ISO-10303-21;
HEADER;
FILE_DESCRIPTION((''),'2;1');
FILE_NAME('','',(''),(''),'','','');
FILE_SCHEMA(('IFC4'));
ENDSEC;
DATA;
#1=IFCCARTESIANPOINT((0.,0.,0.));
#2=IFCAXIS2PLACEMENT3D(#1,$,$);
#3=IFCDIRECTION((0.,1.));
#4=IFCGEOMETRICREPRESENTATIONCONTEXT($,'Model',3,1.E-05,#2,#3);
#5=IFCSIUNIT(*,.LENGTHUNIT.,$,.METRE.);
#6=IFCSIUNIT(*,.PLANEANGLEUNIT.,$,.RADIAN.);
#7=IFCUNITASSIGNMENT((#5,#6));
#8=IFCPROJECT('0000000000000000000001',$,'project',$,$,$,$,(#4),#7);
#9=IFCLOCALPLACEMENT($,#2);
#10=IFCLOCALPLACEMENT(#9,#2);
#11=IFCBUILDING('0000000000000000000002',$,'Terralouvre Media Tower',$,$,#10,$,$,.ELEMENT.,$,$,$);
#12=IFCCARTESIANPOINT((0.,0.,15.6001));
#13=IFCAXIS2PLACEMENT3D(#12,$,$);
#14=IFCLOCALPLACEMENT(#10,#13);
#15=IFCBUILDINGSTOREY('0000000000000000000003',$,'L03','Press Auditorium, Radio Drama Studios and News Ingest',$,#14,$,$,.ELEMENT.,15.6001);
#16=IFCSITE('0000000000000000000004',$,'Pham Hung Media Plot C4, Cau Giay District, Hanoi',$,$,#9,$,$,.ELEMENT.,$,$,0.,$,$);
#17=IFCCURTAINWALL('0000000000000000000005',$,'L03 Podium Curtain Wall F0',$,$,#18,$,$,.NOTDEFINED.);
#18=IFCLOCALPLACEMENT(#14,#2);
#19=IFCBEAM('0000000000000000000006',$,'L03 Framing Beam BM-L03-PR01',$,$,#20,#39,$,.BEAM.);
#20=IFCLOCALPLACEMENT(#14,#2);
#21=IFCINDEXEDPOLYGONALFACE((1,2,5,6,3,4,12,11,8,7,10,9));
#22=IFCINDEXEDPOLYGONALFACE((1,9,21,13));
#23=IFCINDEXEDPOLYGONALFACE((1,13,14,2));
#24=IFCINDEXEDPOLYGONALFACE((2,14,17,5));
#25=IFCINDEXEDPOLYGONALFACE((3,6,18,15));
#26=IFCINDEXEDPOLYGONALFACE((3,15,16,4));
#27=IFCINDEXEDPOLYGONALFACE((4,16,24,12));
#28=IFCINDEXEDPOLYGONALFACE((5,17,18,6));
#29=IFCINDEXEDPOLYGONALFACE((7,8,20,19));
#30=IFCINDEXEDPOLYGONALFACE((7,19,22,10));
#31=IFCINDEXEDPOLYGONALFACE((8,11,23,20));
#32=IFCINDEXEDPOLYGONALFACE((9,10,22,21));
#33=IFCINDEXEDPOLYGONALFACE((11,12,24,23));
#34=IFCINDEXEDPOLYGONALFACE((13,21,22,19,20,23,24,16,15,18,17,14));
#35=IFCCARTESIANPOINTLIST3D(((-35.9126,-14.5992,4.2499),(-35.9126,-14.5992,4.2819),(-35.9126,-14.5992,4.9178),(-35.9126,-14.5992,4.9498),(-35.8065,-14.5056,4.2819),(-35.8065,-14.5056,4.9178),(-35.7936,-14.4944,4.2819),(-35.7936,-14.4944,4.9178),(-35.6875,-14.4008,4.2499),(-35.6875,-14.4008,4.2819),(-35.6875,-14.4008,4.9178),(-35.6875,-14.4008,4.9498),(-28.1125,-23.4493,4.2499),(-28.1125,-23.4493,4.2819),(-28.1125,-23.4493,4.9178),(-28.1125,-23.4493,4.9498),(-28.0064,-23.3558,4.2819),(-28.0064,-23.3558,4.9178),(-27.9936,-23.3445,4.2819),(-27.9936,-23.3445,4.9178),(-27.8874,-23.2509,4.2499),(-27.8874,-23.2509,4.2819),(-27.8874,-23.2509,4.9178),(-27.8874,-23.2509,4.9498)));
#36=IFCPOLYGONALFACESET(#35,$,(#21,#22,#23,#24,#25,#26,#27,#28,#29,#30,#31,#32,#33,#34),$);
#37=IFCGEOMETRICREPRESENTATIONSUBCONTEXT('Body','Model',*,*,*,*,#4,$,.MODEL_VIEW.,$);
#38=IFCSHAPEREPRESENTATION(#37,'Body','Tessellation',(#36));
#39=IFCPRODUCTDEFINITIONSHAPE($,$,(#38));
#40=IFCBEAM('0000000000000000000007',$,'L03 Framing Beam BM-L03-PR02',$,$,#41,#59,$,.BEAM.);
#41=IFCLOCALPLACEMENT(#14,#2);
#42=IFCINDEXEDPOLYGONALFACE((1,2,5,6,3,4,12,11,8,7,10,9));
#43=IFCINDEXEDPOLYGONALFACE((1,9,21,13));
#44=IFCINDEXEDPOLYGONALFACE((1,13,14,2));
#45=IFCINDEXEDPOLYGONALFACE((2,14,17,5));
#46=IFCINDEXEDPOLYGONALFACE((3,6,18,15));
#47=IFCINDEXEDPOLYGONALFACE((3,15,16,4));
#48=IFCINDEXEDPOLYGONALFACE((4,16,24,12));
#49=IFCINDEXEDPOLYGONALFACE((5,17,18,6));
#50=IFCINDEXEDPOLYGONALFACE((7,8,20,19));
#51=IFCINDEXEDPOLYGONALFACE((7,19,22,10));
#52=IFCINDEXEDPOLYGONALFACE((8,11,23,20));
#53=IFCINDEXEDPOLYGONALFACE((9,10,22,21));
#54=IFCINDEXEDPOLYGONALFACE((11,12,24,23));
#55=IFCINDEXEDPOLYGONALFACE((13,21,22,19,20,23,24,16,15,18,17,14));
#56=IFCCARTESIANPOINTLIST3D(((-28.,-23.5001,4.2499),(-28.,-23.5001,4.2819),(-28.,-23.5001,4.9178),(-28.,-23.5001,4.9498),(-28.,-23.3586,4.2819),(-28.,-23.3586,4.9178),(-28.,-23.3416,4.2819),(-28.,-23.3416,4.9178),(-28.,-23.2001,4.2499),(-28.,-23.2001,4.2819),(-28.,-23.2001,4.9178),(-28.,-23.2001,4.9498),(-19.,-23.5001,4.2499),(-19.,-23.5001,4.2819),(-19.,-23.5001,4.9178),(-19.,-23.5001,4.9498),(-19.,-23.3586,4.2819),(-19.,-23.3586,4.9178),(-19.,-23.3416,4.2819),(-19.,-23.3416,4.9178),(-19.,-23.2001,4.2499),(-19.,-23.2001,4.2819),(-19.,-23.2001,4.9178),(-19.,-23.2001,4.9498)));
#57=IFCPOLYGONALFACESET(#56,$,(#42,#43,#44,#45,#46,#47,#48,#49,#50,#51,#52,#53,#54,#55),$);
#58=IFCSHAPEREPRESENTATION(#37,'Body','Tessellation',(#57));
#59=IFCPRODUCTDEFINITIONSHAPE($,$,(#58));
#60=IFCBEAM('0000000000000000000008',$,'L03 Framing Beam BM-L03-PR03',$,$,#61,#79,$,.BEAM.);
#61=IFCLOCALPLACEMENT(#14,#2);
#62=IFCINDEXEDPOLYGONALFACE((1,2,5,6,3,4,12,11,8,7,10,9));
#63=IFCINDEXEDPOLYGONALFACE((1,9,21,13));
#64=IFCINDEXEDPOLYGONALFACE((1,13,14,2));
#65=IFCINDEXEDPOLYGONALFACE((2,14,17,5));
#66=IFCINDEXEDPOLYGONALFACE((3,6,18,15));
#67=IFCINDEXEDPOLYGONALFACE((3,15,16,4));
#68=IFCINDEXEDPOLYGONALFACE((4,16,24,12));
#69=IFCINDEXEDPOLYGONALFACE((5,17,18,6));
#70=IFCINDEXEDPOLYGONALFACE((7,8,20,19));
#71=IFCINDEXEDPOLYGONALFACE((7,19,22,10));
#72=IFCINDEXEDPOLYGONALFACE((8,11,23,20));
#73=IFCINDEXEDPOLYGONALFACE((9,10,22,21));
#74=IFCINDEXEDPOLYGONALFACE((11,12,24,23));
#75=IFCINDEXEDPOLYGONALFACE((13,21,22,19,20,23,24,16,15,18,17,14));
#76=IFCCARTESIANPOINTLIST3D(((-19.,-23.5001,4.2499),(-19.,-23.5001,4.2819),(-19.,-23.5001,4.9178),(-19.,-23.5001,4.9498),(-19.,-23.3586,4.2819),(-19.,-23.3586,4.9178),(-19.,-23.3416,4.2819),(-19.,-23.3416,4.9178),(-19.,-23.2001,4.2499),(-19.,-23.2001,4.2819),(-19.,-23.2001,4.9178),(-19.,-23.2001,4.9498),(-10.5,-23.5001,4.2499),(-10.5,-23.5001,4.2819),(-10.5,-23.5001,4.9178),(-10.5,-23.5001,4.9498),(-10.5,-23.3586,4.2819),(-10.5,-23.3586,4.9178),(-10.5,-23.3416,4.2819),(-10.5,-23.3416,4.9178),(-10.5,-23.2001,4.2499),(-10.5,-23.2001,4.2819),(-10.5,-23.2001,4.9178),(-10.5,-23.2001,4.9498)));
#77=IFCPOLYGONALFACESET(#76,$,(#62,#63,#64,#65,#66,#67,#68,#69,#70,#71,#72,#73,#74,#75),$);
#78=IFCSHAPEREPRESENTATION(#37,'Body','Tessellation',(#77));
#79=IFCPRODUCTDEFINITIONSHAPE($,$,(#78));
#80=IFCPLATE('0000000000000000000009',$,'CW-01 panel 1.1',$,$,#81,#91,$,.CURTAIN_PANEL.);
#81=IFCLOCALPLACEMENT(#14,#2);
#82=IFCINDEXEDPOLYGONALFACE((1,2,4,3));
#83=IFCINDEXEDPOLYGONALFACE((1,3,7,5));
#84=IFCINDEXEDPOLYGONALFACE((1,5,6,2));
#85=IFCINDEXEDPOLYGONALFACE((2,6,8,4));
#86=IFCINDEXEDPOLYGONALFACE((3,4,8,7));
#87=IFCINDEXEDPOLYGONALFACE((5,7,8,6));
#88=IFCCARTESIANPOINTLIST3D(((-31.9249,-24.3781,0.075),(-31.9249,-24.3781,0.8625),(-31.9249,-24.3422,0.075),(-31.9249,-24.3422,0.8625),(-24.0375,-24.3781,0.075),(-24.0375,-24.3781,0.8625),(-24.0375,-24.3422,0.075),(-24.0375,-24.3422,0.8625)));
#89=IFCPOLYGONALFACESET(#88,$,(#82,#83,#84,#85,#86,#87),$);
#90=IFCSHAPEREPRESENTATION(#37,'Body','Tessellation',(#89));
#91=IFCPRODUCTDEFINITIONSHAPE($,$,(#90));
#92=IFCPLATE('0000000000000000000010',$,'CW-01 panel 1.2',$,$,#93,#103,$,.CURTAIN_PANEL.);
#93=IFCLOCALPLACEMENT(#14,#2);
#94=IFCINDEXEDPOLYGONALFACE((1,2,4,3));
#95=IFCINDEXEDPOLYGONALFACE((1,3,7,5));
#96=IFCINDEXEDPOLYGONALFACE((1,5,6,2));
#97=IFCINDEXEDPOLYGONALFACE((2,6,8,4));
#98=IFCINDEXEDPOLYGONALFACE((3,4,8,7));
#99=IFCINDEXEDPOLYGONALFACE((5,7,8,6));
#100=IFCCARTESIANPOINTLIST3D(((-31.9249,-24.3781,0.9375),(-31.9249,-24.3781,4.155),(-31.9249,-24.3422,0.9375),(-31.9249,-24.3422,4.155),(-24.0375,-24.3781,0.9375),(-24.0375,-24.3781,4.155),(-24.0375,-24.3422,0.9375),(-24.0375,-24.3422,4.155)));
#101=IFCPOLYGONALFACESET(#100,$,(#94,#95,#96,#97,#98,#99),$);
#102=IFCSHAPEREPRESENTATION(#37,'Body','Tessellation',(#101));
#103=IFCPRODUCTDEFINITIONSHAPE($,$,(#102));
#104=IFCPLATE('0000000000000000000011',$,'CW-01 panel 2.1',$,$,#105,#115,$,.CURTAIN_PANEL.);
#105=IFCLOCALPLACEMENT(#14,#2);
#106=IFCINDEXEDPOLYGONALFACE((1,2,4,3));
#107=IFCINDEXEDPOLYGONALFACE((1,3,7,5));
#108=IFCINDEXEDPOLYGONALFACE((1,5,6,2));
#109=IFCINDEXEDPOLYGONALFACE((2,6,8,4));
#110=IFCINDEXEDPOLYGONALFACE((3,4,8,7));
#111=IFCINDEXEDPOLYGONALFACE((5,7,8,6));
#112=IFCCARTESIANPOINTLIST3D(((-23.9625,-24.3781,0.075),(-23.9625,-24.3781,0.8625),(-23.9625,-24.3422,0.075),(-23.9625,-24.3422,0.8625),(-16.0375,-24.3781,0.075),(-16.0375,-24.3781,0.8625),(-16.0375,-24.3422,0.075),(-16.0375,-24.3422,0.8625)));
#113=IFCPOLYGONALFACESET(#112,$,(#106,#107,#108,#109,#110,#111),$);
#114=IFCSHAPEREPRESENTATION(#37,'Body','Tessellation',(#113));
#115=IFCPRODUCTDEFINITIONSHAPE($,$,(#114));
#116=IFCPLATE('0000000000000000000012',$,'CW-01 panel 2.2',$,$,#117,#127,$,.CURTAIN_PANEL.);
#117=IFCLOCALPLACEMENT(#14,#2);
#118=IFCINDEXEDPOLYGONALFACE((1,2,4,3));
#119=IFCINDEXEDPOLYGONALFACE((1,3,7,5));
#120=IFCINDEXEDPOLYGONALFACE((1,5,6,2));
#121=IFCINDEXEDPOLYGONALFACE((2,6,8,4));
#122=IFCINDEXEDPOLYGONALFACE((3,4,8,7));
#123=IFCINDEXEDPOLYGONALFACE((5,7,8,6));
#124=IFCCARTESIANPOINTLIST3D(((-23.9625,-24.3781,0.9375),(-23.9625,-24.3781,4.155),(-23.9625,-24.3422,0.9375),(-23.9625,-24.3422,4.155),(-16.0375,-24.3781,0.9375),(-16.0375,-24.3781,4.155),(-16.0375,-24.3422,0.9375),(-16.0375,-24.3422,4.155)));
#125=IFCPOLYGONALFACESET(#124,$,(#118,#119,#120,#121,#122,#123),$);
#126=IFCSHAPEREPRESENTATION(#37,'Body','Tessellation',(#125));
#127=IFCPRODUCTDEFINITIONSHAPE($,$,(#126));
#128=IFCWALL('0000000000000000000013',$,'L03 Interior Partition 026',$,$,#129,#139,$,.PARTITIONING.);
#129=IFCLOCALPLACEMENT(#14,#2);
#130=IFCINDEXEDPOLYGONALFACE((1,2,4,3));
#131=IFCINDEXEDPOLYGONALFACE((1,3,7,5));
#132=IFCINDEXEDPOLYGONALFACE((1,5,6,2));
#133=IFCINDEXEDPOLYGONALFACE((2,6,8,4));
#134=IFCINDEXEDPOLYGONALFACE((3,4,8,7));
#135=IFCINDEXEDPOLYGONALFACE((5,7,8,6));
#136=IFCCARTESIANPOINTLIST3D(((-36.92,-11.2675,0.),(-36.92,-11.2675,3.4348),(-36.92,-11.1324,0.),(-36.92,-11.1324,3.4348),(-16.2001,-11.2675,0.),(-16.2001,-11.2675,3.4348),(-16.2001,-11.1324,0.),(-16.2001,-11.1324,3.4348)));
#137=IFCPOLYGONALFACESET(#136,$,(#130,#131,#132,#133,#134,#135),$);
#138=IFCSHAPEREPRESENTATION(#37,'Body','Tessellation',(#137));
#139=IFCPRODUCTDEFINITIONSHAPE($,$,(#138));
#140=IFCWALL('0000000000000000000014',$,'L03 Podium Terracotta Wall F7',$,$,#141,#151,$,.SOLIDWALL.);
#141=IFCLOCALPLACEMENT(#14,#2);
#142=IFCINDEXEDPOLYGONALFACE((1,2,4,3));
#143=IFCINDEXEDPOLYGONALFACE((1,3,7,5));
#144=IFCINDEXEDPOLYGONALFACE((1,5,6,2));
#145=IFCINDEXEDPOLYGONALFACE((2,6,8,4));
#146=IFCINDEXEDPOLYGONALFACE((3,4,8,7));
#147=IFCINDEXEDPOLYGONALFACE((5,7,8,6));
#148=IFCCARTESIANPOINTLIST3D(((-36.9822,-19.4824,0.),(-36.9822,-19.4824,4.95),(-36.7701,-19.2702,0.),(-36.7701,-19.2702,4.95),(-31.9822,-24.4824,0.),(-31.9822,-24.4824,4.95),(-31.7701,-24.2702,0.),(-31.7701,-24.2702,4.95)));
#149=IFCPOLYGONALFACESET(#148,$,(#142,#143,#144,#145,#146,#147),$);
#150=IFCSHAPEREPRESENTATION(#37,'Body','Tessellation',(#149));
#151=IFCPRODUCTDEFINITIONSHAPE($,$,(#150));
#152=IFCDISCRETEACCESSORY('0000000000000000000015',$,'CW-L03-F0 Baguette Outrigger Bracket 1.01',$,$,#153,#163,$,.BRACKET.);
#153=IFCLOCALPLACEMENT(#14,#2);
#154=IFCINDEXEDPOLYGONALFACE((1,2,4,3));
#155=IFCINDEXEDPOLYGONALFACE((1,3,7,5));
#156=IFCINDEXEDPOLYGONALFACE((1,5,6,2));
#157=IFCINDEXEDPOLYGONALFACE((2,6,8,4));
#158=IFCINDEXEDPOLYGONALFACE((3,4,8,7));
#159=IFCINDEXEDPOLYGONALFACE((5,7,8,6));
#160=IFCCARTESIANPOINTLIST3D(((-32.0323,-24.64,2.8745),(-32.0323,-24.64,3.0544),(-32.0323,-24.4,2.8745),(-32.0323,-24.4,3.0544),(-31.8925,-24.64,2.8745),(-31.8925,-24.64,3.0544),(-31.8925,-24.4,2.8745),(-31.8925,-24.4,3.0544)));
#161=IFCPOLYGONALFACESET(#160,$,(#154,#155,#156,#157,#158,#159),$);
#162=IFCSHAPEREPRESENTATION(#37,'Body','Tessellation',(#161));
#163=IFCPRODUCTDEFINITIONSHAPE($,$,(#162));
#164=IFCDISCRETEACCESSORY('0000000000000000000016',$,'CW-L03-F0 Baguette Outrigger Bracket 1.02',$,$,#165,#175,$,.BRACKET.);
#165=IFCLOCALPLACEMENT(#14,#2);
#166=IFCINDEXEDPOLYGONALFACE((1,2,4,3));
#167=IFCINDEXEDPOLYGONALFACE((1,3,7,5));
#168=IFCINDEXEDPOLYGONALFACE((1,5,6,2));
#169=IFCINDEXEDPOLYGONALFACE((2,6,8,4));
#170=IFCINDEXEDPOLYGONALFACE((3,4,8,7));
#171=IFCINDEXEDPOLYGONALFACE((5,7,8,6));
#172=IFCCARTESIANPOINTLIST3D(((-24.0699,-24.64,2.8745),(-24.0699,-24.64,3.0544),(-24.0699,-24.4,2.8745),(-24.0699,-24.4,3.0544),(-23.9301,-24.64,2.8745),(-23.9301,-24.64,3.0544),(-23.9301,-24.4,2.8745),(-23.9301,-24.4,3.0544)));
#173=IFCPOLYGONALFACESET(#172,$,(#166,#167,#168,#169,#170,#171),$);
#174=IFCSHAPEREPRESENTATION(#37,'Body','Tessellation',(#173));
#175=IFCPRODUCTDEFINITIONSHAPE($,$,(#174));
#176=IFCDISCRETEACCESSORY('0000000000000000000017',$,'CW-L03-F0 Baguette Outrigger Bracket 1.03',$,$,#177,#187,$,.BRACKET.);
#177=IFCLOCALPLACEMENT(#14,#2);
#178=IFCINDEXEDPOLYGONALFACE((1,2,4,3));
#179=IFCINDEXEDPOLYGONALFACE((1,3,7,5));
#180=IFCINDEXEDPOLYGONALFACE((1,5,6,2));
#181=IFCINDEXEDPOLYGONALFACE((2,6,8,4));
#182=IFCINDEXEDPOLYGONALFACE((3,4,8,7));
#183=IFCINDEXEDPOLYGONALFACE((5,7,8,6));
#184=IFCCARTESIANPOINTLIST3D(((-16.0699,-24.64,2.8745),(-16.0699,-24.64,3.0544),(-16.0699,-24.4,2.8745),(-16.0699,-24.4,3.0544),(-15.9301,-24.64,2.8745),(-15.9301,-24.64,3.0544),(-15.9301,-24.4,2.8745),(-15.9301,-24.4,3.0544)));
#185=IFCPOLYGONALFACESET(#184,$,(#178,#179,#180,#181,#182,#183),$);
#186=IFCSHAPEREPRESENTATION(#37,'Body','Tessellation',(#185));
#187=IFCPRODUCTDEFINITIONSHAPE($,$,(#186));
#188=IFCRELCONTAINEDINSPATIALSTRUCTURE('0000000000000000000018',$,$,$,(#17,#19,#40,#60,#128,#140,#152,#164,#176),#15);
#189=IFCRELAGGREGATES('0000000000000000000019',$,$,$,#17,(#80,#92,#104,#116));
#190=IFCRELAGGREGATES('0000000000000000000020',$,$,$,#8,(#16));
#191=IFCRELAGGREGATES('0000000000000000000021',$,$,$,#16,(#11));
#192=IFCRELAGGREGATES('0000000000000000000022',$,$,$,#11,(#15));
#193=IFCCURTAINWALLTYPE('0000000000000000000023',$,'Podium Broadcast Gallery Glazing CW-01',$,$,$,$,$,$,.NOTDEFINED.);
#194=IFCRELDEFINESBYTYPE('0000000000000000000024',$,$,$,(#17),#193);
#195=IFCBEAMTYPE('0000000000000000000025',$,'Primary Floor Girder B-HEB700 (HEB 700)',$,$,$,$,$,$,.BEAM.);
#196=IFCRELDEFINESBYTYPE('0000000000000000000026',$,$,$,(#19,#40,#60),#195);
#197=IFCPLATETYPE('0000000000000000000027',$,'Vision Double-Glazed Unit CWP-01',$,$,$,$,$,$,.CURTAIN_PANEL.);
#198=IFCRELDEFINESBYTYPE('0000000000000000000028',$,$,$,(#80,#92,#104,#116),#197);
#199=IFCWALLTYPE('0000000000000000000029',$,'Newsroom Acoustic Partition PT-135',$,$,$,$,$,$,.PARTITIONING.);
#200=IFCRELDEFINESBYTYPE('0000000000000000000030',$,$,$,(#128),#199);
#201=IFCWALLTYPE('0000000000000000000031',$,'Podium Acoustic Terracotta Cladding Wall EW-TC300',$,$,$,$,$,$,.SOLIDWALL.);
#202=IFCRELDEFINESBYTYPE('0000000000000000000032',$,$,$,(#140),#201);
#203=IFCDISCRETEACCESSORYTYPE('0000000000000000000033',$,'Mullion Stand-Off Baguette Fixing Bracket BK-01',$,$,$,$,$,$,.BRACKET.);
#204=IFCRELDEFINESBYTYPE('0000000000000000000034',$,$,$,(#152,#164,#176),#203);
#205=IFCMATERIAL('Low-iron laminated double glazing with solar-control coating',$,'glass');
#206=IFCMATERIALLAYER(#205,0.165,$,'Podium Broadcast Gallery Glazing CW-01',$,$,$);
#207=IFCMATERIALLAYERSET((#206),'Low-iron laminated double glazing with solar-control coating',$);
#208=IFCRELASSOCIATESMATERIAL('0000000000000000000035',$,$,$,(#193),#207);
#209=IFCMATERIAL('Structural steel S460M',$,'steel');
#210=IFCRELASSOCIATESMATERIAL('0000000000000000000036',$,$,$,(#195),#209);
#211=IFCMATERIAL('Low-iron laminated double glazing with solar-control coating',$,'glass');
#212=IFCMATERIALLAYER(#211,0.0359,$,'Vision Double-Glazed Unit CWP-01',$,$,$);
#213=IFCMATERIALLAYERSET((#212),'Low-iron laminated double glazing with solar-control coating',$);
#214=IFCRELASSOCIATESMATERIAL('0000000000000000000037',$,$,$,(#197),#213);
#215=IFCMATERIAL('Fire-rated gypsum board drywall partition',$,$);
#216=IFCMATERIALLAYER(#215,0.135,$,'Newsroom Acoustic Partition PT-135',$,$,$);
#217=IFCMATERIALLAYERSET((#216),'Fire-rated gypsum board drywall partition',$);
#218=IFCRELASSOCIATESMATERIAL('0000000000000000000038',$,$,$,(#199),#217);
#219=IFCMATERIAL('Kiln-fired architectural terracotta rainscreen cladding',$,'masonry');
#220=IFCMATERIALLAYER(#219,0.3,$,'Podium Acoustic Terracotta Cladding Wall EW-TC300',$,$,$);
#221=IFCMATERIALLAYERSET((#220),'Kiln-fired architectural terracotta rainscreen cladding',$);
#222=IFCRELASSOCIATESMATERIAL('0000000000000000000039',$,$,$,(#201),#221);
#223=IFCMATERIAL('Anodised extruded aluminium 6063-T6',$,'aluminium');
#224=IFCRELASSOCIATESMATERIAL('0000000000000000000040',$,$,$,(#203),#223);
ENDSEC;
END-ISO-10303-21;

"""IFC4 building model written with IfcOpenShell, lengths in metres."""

from ifc_helpers import new_model, si_unit, direction, frame, frame_2d, origin, origin_2d, place, context, subcontext, project, spatial, rectangle, i_section, extrude, material, layer, layer_set, material_profile, profile_set, type_object, element, aggregate, save


model = new_model("IFC4")

# Units and contexts
model_context = context("Model", 3, precision=1e-05, world=origin(), true_north=direction((0.0, 1.0)))
body_context = subcontext(model_context, "Body", "Model", "MODEL_VIEW")
ifc_project = project(units=[si_unit("LENGTHUNIT", "METRE"), si_unit("PLANEANGLEUNIT", "RADIAN")], contexts=[model_context])

# Site, building, storey
site_placement = place(None, origin())
site = spatial("IfcSite", under=ifc_project, at=site_placement, Name="Pham Hung Media Plot C4, Cau Giay District, Hanoi", CompositionType="ELEMENT", RefElevation=0.0)
building_placement = place(site_placement, origin())
building = spatial("IfcBuilding", under=site, at=building_placement, Name="Terralouvre Media Tower", CompositionType="ELEMENT")
storey_placement = place(building_placement, frame((0.0, 0.0, 15.6001)))
storey = spatial("IfcBuildingStorey", under=building, at=storey_placement, Name="L03", Description="Press Auditorium, Radio Drama Studios and News Ingest", CompositionType="ELEMENT", Elevation=15.6001)

# Curtain wall
ifc_material_1 = material(Name="Low-iron laminated double glazing with solar-control coating", Category="glass")
ifc_layer_1 = layer(ifc_material_1, 0.165, Name="Podium Broadcast Gallery Glazing CW-01")
ifc_layer_set_1 = layer_set([ifc_layer_1], Name="Low-iron laminated double glazing with solar-control coating")
curtain_wall_type = type_object("IfcCurtainWallType", Name="Podium Broadcast Gallery Glazing CW-01", PredefinedType="NOTDEFINED", material=ifc_layer_set_1)
curtain_wall_placement = place(storey_placement, origin())
curtain_wall = element("IfcCurtainWall", 1, at=curtain_wall_placement, inside=storey, type_object=curtain_wall_type, Name="L03 Podium Curtain Wall F0", PredefinedType="NOTDEFINED")

# Beams
ifc_material_2 = material(Name="Structural steel S460M", Category="steel")
ifc_material_profile_1 = material_profile(ifc_material_2, i_section(OverallWidth=0.3, OverallDepth=0.7, WebThickness=0.0171, FlangeThickness=0.032, at=origin_2d()), Name="HEB 700")
ifc_profile_set_1 = profile_set([ifc_material_profile_1], Name="Structural steel S460M")
beam_type = type_object("IfcBeamType", Name="Primary Floor Girder B-HEB700 (HEB 700)", PredefinedType="BEAM", material=ifc_profile_set_1)
beam_1_placement = place(storey_placement, frame((-35.8, -14.5, 4.5999), z_axis=(0.661199, -0.75021, 0.0), x_axis=(0.75021, 0.661199, 0.0)))
element("IfcBeam", 2, at=beam_1_placement, inside=storey, type_object=beam_type, Name="L03 Framing Beam BM-L03-PR01", PredefinedType="BEAM", context=body_context, shape_type="SweptSolid", body=[
    extrude(i_section(OverallWidth=0.3, OverallDepth=0.7, WebThickness=0.0171, FlangeThickness=0.032, at=origin_2d()), origin(), (0.0, 0.0, 1.0), 11.7969),
])
beam_2_placement = place(storey_placement, frame((-28.0, -23.3501, 4.5999), z_axis=(1.0, 0.0, 0.0), x_axis=(0.0, 1.0, 0.0)))
element("IfcBeam", 3, at=beam_2_placement, inside=storey, type_object=beam_type, Name="L03 Framing Beam BM-L03-PR02", PredefinedType="BEAM", context=body_context, shape_type="SweptSolid", body=[
    extrude(i_section(OverallWidth=0.3, OverallDepth=0.7, WebThickness=0.0171, FlangeThickness=0.032, at=origin_2d()), origin(), (0.0, 0.0, 1.0), 9.0),
])
beam_3_placement = place(storey_placement, frame((-19.0, -23.3501, 4.5999), z_axis=(1.0, 0.0, 0.0), x_axis=(0.0, 1.0, 0.0)))
element("IfcBeam", 4, at=beam_3_placement, inside=storey, type_object=beam_type, Name="L03 Framing Beam BM-L03-PR03", PredefinedType="BEAM", context=body_context, shape_type="SweptSolid", body=[
    extrude(i_section(OverallWidth=0.3, OverallDepth=0.7, WebThickness=0.0171, FlangeThickness=0.032, at=origin_2d()), origin(), (0.0, 0.0, 1.0), 8.5),
])

# Plates
ifc_material_3 = material(Name="Low-iron laminated double glazing with solar-control coating", Category="glass")
ifc_layer_2 = layer(ifc_material_3, 0.0359, Name="Vision Double-Glazed Unit CWP-01")
ifc_layer_set_2 = layer_set([ifc_layer_2], Name="Low-iron laminated double glazing with solar-control coating")
plate_type = type_object("IfcPlateType", Name="Vision Double-Glazed Unit CWP-01", PredefinedType="CURTAIN_PANEL", material=ifc_layer_set_2)
plate_1_placement = place(storey_placement, frame((-27.9812, -24.3601, 0.075), z_axis=(0.0, 0.0, 1.0), x_axis=(1.0, 0.0, 0.0)))
plate_1 = element("IfcPlate", 5, at=plate_1_placement, type_object=plate_type, Name="CW-01 panel 1.1", PredefinedType="CURTAIN_PANEL", context=body_context, shape_type="SweptSolid", body=[
    extrude(rectangle(XDim=7.8875, YDim=0.0359, at=origin_2d()), origin(), (0.0, 0.0, 1.0), 0.7876),
])
plate_2_placement = place(storey_placement, frame((-27.9812, -24.3601, 0.9375), z_axis=(0.0, 0.0, 1.0), x_axis=(1.0, 0.0, 0.0)))
plate_2 = element("IfcPlate", 6, at=plate_2_placement, type_object=plate_type, Name="CW-01 panel 1.2", PredefinedType="CURTAIN_PANEL", context=body_context, shape_type="SweptSolid", body=[
    extrude(rectangle(XDim=7.8875, YDim=0.0359, at=origin_2d()), origin(), (0.0, 0.0, 1.0), 3.2175),
])
plate_3_placement = place(storey_placement, frame((-20.0, -24.3601, 0.075), z_axis=(0.0, 0.0, 1.0), x_axis=(1.0, 0.0, 0.0)))
plate_3 = element("IfcPlate", 7, at=plate_3_placement, type_object=plate_type, Name="CW-01 panel 2.1", PredefinedType="CURTAIN_PANEL", context=body_context, shape_type="SweptSolid", body=[
    extrude(rectangle(XDim=7.925, YDim=0.0359, at=origin_2d()), origin(), (0.0, 0.0, 1.0), 0.7876),
])
plate_4_placement = place(storey_placement, frame((-20.0, -24.3601, 0.9375), z_axis=(0.0, 0.0, 1.0), x_axis=(1.0, 0.0, 0.0)))
plate_4 = element("IfcPlate", 8, at=plate_4_placement, type_object=plate_type, Name="CW-01 panel 2.2", PredefinedType="CURTAIN_PANEL", context=body_context, shape_type="SweptSolid", body=[
    extrude(rectangle(XDim=7.925, YDim=0.0359, at=origin_2d()), origin(), (0.0, 0.0, 1.0), 3.2175),
])
aggregate(curtain_wall, [plate_1, plate_2, plate_3, plate_4])

# Walls
ifc_material_4 = material(Name="Fire-rated gypsum board drywall partition")
ifc_layer_3 = layer(ifc_material_4, 0.135, Name="Newsroom Acoustic Partition PT-135")
ifc_layer_set_3 = layer_set([ifc_layer_3], Name="Fire-rated gypsum board drywall partition")
wall_type_1 = type_object("IfcWallType", Name="Newsroom Acoustic Partition PT-135", PredefinedType="PARTITIONING", material=ifc_layer_set_3)
wall_1_placement = place(storey_placement, frame((-36.9199, -11.2, 0.0), z_axis=(0.0, 0.0, 1.0), x_axis=(1.0, 0.0, 0.0)))
element("IfcWall", 9, at=wall_1_placement, inside=storey, type_object=wall_type_1, Name="L03 Interior Partition 026", PredefinedType="PARTITIONING", context=body_context, shape_type="SweptSolid", body=[
    extrude(rectangle(XDim=20.72, YDim=0.135, at=frame_2d((10.3599, 0.0))), origin(), (0.0, 0.0, 1.0), 3.4348),
])
ifc_material_5 = material(Name="Kiln-fired architectural terracotta rainscreen cladding", Category="masonry")
ifc_layer_4 = layer(ifc_material_5, 0.3, Name="Podium Acoustic Terracotta Cladding Wall EW-TC300")
ifc_layer_set_4 = layer_set([ifc_layer_4], Name="Kiln-fired architectural terracotta rainscreen cladding")
wall_type_2 = type_object("IfcWallType", Name="Podium Acoustic Terracotta Cladding Wall EW-TC300", PredefinedType="SOLIDWALL", material=ifc_layer_set_4)
wall_2_placement = place(storey_placement, frame((-36.8762, -19.3762, 0.0), z_axis=(0.0, 0.0, 1.0), x_axis=(0.707107, -0.707107, 0.0)))
element("IfcWall", 10, at=wall_2_placement, inside=storey, type_object=wall_type_2, Name="L03 Podium Terracotta Wall F7", PredefinedType="SOLIDWALL", context=body_context, shape_type="SweptSolid", body=[
    extrude(rectangle(XDim=7.071, YDim=0.3, at=frame_2d((3.5356, 0.0))), origin(), (0.0, 0.0, 1.0), 4.95),
])

# Discrete accessories
ifc_material_6 = material(Name="Anodised extruded aluminium 6063-T6", Category="aluminium")
discrete_accessory_type = type_object("IfcDiscreteAccessoryType", Name="Mullion Stand-Off Baguette Fixing Bracket BK-01", PredefinedType="BRACKET", material=ifc_material_6)
for number, where, z_axis, x_axis, name in (
    (11, (-31.9624, -24.52, 2.8745), (0.0, 0.0, 1.0), (1.0, 0.0, 0.0), "CW-L03-F0 Baguette Outrigger Bracket 1.01"),
    (12, (-24.0, -24.52, 2.8745), (0.0, 0.0, 1.0), (1.0, 0.0, 0.0), "CW-L03-F0 Baguette Outrigger Bracket 1.02"),
    (13, (-16.0, -24.52, 2.8745), (0.0, 0.0, 1.0), (1.0, 0.0, 0.0), "CW-L03-F0 Baguette Outrigger Bracket 1.03"),
):
    element("IfcDiscreteAccessory", number, at=place(storey_placement, frame(where, z_axis=z_axis, x_axis=x_axis)), inside=storey, type_object=discrete_accessory_type, Name=name, PredefinedType="BRACKET", context=body_context, shape_type="SweptSolid", body=[
        extrude(rectangle(XDim=0.1399, YDim=0.24, at=origin_2d()), origin(), (0.0, 0.0, 1.0), 0.1799),
    ])

save(model, "model.ifc")
